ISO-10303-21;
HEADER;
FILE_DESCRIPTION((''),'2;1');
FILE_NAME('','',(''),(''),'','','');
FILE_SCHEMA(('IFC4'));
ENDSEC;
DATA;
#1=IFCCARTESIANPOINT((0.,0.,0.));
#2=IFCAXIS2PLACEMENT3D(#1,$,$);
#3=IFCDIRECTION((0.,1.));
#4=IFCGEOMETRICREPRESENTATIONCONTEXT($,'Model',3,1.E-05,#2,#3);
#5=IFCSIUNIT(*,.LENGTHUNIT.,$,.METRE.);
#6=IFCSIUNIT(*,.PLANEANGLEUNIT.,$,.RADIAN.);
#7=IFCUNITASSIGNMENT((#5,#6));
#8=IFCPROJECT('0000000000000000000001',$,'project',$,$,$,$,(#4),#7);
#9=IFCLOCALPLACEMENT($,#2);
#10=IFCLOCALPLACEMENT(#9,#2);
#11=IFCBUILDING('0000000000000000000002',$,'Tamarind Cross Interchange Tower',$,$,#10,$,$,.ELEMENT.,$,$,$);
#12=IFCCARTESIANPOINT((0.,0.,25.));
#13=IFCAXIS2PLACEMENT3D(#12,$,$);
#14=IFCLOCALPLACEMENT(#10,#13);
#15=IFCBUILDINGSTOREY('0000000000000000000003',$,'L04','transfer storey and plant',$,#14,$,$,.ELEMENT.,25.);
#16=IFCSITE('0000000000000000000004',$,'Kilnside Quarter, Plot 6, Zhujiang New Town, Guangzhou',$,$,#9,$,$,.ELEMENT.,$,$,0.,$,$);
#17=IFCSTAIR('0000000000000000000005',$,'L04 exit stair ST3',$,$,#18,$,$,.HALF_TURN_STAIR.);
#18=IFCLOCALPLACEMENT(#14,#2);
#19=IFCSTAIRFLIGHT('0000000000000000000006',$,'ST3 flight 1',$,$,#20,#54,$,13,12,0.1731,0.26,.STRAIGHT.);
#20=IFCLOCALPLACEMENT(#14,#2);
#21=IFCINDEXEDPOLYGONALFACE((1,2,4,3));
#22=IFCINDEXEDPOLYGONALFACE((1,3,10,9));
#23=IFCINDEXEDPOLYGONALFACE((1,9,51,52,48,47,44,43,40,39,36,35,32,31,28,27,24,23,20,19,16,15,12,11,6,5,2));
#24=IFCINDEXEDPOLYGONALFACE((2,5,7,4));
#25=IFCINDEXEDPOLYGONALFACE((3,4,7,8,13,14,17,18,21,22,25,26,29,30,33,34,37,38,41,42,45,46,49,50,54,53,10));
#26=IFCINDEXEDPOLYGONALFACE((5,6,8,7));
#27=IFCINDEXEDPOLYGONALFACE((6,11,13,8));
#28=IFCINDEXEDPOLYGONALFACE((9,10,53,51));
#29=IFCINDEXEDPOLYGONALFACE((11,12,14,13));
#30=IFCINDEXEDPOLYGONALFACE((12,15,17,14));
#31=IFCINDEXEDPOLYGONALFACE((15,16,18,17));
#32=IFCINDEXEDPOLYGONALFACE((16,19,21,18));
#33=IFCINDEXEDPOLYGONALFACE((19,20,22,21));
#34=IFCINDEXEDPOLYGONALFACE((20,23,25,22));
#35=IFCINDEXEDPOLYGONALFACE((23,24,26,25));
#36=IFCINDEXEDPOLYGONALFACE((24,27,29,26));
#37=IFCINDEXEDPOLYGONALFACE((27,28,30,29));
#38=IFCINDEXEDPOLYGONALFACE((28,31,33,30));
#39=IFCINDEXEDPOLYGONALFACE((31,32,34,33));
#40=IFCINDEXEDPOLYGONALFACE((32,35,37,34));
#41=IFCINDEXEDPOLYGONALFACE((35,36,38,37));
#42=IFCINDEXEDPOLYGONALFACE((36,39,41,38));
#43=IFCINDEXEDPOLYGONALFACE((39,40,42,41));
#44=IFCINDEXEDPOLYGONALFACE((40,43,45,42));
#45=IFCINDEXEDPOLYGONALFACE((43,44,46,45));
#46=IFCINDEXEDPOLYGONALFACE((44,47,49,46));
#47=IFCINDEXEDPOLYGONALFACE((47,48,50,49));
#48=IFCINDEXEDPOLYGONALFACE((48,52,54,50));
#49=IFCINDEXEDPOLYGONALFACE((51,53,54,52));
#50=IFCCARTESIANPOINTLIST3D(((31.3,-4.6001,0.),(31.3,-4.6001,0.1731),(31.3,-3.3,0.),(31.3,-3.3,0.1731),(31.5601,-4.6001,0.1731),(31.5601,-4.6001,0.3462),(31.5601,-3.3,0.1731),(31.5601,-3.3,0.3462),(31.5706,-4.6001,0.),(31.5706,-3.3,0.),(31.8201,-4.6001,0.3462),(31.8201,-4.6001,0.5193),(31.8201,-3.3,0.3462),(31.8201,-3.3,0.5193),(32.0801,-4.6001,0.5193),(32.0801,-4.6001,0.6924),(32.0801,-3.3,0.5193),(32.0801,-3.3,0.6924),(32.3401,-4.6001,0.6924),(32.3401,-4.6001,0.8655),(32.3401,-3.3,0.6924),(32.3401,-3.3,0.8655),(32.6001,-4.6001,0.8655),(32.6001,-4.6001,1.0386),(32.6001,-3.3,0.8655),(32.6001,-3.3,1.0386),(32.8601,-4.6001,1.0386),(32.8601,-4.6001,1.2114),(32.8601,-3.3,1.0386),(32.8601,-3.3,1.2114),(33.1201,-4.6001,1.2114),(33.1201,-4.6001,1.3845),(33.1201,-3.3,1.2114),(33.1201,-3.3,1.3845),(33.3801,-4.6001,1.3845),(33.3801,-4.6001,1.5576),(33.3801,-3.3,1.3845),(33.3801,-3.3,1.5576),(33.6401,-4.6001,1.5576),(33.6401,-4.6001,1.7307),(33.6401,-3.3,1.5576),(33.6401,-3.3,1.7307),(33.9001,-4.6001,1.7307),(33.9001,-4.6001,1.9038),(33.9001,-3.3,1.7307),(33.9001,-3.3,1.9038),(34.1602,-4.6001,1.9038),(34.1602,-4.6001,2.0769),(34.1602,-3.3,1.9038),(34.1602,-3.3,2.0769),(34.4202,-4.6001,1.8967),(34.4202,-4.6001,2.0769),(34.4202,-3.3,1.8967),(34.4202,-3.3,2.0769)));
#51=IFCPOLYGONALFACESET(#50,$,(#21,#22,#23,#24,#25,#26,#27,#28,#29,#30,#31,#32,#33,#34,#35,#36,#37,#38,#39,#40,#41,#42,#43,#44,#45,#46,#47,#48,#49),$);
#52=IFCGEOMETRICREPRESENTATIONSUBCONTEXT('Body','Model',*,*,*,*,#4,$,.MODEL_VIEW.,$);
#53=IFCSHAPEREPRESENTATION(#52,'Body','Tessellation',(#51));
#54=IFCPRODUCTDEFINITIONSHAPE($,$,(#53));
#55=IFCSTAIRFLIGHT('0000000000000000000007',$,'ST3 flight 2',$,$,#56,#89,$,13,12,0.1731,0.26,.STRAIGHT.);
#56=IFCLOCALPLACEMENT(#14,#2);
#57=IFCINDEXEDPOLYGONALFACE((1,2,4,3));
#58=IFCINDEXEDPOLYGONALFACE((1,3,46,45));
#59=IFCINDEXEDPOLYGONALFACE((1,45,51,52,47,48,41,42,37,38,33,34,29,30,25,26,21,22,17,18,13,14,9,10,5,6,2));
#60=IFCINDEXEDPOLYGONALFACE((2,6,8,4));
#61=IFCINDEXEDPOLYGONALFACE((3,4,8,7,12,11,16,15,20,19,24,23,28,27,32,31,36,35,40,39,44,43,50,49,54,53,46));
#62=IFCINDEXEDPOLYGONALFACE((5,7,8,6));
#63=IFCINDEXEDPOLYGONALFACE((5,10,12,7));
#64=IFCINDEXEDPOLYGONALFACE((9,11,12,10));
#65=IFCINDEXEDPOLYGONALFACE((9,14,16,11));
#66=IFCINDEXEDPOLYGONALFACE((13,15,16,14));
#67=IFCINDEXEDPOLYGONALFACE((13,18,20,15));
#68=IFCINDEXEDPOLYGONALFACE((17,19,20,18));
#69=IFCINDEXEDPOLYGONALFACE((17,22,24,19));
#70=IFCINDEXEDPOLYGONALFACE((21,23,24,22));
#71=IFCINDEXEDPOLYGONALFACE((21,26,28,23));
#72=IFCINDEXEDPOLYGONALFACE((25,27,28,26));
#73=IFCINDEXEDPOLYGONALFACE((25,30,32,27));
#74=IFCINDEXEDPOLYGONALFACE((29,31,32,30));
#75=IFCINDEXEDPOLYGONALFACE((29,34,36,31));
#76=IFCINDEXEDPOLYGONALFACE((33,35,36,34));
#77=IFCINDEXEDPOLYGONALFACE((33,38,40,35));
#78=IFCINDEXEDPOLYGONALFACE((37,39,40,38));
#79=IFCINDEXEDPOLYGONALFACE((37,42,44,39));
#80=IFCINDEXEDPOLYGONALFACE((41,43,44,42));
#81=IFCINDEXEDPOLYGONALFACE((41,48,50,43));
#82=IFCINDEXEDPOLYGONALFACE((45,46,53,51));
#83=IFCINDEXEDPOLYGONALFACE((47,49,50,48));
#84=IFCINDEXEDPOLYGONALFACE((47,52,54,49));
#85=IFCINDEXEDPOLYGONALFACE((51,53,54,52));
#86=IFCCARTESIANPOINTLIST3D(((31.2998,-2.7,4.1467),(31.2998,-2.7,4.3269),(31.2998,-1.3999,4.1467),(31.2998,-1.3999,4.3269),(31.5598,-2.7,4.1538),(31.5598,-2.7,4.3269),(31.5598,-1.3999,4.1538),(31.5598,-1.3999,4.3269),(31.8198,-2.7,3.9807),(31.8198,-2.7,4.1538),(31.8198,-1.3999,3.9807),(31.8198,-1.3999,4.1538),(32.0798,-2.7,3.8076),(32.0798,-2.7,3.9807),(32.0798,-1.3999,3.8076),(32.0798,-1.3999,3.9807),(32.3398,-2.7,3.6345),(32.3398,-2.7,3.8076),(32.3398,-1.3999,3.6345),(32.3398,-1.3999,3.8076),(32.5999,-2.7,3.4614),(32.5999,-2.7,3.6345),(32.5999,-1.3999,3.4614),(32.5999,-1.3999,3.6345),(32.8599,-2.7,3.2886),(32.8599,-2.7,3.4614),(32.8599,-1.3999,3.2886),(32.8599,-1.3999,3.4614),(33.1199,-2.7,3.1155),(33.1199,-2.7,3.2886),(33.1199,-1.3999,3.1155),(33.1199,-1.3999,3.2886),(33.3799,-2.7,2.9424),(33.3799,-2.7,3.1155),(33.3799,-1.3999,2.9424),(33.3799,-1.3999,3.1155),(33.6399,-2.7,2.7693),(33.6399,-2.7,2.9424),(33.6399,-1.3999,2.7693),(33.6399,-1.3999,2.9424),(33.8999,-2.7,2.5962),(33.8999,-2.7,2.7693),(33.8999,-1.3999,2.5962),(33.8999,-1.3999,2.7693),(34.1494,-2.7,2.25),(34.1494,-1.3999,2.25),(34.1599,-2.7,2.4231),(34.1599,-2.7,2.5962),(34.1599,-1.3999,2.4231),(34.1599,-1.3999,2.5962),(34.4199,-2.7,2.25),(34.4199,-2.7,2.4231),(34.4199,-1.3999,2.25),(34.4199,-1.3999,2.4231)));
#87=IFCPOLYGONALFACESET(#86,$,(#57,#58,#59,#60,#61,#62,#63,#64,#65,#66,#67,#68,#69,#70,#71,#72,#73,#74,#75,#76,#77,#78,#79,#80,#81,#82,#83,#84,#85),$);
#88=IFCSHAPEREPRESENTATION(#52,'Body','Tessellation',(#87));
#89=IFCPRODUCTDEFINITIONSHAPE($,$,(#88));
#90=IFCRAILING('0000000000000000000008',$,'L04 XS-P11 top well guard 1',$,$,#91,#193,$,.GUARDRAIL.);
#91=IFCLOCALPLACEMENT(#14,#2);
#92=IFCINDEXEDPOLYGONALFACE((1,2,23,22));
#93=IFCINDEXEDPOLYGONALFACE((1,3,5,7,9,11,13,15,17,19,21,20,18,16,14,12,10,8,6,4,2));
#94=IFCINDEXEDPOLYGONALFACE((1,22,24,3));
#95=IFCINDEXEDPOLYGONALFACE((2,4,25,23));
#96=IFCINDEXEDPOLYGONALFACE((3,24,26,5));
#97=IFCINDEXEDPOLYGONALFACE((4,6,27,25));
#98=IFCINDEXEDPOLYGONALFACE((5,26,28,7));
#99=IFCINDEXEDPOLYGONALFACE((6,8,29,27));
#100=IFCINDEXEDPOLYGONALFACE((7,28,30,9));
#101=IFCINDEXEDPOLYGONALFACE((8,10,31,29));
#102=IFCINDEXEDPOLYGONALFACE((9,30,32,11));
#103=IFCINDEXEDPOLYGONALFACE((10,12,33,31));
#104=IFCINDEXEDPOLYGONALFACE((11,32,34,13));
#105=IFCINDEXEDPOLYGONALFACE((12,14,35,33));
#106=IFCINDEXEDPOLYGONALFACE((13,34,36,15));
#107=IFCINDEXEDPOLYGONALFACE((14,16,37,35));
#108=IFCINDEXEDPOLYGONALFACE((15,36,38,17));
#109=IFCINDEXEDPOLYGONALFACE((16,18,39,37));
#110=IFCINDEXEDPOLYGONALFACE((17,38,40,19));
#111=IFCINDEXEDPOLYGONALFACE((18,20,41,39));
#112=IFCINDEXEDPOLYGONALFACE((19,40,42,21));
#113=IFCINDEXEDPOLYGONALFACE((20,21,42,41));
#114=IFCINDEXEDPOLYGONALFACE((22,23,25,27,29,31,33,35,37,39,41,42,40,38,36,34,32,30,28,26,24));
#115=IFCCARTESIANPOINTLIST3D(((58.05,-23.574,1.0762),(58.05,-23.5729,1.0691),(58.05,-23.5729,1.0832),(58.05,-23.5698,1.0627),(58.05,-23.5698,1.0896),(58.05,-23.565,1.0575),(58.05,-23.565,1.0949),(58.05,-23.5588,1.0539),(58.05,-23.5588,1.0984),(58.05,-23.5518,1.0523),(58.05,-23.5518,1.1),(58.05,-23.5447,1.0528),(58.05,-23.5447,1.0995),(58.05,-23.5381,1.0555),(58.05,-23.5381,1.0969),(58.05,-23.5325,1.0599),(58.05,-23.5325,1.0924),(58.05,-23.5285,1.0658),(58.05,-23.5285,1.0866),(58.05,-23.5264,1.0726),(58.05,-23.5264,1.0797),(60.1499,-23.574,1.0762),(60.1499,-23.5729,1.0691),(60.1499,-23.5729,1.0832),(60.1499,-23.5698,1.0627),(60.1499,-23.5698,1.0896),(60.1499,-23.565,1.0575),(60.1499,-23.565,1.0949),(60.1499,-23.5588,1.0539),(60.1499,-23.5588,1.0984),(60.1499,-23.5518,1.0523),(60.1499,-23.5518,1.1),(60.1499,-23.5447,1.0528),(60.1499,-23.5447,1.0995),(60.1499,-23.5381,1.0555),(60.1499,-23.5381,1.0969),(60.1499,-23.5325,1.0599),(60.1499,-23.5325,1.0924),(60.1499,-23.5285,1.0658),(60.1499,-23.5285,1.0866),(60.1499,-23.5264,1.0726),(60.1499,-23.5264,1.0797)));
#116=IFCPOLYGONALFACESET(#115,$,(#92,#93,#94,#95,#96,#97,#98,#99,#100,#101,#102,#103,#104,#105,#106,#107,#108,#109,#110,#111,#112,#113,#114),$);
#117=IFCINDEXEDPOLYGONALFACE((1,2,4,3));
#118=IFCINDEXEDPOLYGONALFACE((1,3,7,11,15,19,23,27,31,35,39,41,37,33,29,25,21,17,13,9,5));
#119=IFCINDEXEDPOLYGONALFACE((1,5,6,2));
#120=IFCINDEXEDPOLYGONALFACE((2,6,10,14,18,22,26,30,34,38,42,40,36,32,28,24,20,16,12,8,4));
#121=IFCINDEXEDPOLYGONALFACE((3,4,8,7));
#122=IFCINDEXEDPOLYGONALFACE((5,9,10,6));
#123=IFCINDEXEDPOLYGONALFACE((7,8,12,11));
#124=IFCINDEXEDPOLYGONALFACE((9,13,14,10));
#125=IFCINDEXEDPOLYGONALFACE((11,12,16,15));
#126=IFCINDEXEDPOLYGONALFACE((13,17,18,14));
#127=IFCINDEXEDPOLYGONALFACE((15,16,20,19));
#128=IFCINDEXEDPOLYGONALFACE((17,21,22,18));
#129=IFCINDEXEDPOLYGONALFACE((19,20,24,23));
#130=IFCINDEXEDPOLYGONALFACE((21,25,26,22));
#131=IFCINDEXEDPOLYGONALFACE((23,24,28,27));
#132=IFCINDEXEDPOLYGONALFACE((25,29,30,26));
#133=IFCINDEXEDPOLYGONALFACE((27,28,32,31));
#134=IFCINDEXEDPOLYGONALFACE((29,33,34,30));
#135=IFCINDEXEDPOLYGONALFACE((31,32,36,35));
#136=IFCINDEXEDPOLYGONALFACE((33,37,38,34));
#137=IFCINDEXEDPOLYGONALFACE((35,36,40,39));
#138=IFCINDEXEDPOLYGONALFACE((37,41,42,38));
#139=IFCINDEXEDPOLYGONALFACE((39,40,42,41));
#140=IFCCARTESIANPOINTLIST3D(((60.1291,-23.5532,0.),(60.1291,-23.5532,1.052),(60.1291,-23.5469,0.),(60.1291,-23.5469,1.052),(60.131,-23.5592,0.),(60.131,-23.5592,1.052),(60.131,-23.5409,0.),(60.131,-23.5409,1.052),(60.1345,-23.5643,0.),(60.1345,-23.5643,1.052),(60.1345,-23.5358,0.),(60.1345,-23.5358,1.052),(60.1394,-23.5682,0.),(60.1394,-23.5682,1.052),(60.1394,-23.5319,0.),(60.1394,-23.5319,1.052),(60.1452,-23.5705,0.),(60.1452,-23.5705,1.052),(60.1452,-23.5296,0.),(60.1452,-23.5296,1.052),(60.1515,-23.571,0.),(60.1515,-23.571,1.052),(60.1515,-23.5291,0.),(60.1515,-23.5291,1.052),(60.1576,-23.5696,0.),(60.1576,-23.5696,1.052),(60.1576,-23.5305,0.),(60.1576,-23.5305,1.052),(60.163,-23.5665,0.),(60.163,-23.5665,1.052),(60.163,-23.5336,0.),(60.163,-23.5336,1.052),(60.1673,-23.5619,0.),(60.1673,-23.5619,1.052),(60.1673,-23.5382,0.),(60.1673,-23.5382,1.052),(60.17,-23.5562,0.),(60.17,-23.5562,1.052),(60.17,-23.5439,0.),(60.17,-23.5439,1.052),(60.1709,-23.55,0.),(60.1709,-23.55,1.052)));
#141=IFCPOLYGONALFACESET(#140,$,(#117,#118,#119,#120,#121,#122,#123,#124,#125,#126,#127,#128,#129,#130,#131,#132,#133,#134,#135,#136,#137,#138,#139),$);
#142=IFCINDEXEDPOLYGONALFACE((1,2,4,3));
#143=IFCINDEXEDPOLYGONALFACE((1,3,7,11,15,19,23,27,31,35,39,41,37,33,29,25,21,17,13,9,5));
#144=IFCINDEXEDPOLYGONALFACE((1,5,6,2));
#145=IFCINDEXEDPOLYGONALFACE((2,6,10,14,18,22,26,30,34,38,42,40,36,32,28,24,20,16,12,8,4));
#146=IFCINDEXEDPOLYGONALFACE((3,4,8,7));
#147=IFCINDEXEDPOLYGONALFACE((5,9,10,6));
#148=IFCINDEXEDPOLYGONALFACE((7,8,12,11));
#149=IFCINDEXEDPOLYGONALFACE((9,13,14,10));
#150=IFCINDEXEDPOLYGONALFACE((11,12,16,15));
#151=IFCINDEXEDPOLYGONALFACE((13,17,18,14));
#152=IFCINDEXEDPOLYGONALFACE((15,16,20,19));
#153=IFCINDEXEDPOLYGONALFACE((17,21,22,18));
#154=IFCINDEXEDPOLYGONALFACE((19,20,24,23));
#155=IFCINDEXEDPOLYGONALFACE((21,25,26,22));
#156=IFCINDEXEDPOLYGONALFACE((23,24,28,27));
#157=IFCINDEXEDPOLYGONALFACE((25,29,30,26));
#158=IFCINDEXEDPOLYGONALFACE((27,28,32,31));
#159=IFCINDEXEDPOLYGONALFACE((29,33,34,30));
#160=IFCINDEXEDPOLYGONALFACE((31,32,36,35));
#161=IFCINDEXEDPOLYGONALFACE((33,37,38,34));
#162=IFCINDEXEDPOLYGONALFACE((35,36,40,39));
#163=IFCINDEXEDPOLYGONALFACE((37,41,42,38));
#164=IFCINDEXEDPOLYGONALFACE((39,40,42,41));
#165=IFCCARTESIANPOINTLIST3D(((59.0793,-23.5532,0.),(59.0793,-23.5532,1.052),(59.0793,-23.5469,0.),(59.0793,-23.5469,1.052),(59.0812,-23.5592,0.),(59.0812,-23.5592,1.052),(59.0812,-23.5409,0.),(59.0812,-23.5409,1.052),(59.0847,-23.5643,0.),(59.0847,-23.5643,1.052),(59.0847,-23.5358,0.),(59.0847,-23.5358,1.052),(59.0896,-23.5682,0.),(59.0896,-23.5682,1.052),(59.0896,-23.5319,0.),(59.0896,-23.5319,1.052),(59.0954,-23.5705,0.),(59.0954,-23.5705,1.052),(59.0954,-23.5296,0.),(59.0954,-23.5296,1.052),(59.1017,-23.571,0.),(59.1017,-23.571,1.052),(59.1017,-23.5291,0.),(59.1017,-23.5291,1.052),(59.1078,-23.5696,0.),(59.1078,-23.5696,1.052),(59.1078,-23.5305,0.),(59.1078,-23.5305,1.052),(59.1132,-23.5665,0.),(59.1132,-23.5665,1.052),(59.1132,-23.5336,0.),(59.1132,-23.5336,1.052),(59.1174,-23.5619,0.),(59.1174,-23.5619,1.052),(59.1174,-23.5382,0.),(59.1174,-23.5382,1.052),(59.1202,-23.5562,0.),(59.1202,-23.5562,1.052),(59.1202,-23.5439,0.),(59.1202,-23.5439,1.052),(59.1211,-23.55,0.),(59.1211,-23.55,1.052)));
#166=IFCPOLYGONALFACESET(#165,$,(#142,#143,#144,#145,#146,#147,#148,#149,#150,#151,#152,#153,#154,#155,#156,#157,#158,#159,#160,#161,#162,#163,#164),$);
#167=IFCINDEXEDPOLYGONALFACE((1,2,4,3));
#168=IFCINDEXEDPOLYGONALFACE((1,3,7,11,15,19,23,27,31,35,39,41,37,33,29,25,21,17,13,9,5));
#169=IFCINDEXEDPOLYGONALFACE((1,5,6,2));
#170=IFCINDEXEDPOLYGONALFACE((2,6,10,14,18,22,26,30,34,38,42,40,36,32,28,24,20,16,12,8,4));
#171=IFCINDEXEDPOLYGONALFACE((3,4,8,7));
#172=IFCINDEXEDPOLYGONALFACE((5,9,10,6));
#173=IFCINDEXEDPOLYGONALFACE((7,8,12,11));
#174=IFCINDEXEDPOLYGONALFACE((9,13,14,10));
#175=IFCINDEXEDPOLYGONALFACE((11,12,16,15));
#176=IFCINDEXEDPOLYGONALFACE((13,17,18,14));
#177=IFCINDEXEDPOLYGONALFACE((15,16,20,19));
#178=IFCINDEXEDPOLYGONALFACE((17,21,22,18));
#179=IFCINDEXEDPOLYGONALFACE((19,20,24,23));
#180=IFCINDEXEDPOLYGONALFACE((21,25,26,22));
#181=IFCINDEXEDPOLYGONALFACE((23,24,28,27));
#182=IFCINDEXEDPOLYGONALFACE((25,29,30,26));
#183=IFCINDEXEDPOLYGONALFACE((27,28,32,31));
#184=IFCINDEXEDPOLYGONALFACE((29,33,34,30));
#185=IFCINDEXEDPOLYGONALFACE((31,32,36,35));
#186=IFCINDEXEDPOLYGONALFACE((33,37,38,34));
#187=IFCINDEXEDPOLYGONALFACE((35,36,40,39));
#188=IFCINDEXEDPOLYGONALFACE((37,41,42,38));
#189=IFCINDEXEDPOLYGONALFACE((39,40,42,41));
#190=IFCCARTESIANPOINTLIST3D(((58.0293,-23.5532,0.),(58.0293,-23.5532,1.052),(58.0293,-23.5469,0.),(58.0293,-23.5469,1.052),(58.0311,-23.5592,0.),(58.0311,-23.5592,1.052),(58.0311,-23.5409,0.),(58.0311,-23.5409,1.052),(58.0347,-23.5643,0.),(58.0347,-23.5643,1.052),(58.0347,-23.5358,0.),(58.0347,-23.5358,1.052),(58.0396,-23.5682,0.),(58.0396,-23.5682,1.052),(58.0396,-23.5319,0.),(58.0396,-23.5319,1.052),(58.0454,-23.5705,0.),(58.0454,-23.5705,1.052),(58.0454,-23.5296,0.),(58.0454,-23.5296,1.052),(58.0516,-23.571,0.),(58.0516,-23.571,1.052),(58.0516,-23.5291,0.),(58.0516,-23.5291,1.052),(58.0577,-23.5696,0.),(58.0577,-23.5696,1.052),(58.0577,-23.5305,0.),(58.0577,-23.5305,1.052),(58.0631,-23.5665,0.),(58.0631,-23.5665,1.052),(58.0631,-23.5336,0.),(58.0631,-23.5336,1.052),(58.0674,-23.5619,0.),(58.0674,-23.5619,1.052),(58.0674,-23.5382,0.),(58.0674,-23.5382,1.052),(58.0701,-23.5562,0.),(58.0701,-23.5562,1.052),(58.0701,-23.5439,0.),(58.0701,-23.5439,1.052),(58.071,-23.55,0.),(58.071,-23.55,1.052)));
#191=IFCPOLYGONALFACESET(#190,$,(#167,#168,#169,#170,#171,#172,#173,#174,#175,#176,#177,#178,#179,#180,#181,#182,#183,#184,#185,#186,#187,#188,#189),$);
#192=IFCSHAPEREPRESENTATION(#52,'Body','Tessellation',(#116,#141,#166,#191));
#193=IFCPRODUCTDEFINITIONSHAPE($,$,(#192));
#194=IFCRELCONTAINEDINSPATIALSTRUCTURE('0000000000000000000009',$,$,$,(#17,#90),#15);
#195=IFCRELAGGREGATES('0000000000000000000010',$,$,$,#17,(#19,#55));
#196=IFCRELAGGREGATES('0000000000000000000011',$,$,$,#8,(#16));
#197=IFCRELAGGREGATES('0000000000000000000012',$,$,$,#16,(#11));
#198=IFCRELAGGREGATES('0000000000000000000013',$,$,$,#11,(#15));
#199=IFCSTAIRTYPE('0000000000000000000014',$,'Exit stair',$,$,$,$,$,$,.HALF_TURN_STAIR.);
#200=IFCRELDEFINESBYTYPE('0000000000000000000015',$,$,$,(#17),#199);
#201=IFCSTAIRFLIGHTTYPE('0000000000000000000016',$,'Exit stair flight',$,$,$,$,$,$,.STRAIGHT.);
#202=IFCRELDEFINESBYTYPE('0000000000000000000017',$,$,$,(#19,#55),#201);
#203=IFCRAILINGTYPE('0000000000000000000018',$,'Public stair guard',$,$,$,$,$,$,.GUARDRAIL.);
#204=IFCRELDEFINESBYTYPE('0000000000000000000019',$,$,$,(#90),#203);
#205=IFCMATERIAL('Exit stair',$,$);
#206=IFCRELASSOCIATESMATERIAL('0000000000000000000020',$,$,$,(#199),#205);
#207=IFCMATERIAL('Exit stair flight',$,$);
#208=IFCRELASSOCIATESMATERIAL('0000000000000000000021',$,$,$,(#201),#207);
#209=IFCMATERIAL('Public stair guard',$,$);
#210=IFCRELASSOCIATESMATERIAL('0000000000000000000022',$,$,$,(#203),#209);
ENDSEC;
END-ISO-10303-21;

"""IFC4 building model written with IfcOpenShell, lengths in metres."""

from ifc_helpers import new_model, si_unit, direction, frame, origin, origin_2d, place, context, subcontext, project, spatial, polyline, circle, outline, extrude, material, type_object, element, aggregate, save


model = new_model("IFC4")

# Units and contexts
model_context = context("Model", 3, precision=1e-05, world=origin(), true_north=direction((0.0, 1.0)))
body_context = subcontext(model_context, "Body", "Model", "MODEL_VIEW")
ifc_project = project(units=[si_unit("LENGTHUNIT", "METRE"), si_unit("PLANEANGLEUNIT", "RADIAN")], contexts=[model_context])

# Site, building, storey
site_placement = place(None, origin())
site = spatial("IfcSite", under=ifc_project, at=site_placement, Name="Kilnside Quarter, Plot 6, Zhujiang New Town, Guangzhou", CompositionType="ELEMENT", RefElevation=0.0)
building_placement = place(site_placement, origin())
building = spatial("IfcBuilding", under=site, at=building_placement, Name="Tamarind Cross Interchange Tower", CompositionType="ELEMENT")
storey_placement = place(building_placement, frame((0.0, 0.0, 25.0)))
storey = spatial("IfcBuildingStorey", under=building, at=storey_placement, Name="L04", Description="transfer storey and plant", CompositionType="ELEMENT", Elevation=25.0)

# Stair, stair flights
ifc_material_1 = material(Name="Exit stair")
stair_type = type_object("IfcStairType", Name="Exit stair", PredefinedType="HALF_TURN_STAIR", material=ifc_material_1)
stair_placement = place(storey_placement, origin())
stair = element("IfcStair", 1, at=stair_placement, inside=storey, type_object=stair_type, Name="L04 exit stair ST3", PredefinedType="HALF_TURN_STAIR")
ifc_material_2 = material(Name="Exit stair flight")
stair_flight_type = type_object("IfcStairFlightType", Name="Exit stair flight", PredefinedType="STRAIGHT", material=ifc_material_2)
stair_flight_1_placement = place(storey_placement, frame((31.3, -3.95, 0.0), z_axis=(0.0, 0.0, 1.0), x_axis=(1.0, 0.0, 0.0)))
stair_flight_1 = element("IfcStairFlight", 2, at=stair_flight_1_placement, type_object=stair_flight_type, Name="ST3 flight 1", NumberOfRisers=13, NumberOfTreads=12, PredefinedType="STRAIGHT", RiserHeight=0.1731, TreadLength=0.26, context=body_context, shape_type="SweptSolid", body=[
    extrude(outline(polyline([(0.0, 0.0), (0.0, 0.1731), (0.26, 0.1731), (0.26, 0.3462), (0.52, 0.3462), (0.52, 0.5193), (0.78, 0.5193), (0.78, 0.6924), (1.04, 0.6924), (1.04, 0.8655), (1.3, 0.8655), (1.3, 1.0386), (1.5601, 1.0386), (1.5601, 1.2114), (1.8201, 1.2114), (1.8201, 1.3845), (2.0801, 1.3845), (2.0801, 1.5576), (2.3401, 1.5576), (2.3401, 1.7307), (2.6001, 1.7307), (2.6001, 1.9038), (2.8601, 1.9038), (2.8601, 2.0769), (3.1201, 2.0769), (3.1201, 2.25), (3.1201, 1.8967), (0.2705, 0.0), (0.0, 0.0)])), frame((0.0, 0.6499, 0.0), z_axis=(0.0, -1.0, 0.0), x_axis=(1.0, 0.0, 0.0)), (0.0, 0.0, 1.0), 1.3),
])
stair_flight_2_placement = place(storey_placement, frame((34.4199, -2.05, 2.25), z_axis=(0.0, 0.0, 1.0), x_axis=(-1.0, 0.0, 0.0)))
stair_flight_2 = element("IfcStairFlight", 3, at=stair_flight_2_placement, type_object=stair_flight_type, Name="ST3 flight 2", NumberOfRisers=13, NumberOfTreads=12, PredefinedType="STRAIGHT", RiserHeight=0.1731, TreadLength=0.26, context=body_context, shape_type="SweptSolid", body=[
    extrude(outline(polyline([(0.0, 0.0), (0.0, 0.1731), (0.26, 0.1731), (0.26, 0.3462), (0.52, 0.3462), (0.52, 0.5193), (0.78, 0.5193), (0.78, 0.6924), (1.04, 0.6924), (1.04, 0.8655), (1.3, 0.8655), (1.3, 1.0386), (1.5601, 1.0386), (1.5601, 1.2114), (1.8201, 1.2114), (1.8201, 1.3845), (2.0801, 1.3845), (2.0801, 1.5576), (2.3401, 1.5576), (2.3401, 1.7307), (2.6001, 1.7307), (2.6001, 1.9038), (2.8601, 1.9038), (2.8601, 2.0769), (3.1201, 2.0769), (3.1201, 2.25), (3.1201, 1.8967), (0.2705, 0.0), (0.0, 0.0)])), frame((0.0, 0.6499, 0.0), z_axis=(0.0, -1.0, 0.0), x_axis=(1.0, 0.0, 0.0)), (0.0, 0.0, 1.0), 1.3),
])
aggregate(stair, [stair_flight_1, stair_flight_2])

# Railing
ifc_material_3 = material(Name="Public stair guard")
railing_type_1 = type_object("IfcRailingType", Name="Public stair guard", PredefinedType="GUARDRAIL", material=ifc_material_3)
railing_1_placement = place(storey_placement, frame((60.1499, -23.55, 0.0)))
element("IfcRailing", 4, at=railing_1_placement, inside=storey, type_object=railing_type_1, Name="L04 XS-P11 top well guard 1", PredefinedType="GUARDRAIL", context=body_context, shape_type="SweptSolid", body=[
    extrude(circle(Radius=0.0239, at=origin_2d()), frame((0.0, 0.0, 1.0762), z_axis=(-1.0, 0.0, 0.0), x_axis=(0.0, -1.0, 0.0)), (0.0, 0.0, 1.0), 2.0999),
    extrude(circle(Radius=0.021, at=origin_2d()), origin(), (0.0, 0.0, 1.0), 1.052),
    extrude(circle(Radius=0.021, at=origin_2d()), frame((-1.0498, 0.0, 0.0)), (0.0, 0.0, 1.0), 1.052),
    extrude(circle(Radius=0.021, at=origin_2d()), frame((-2.0999, 0.0, 0.0)), (0.0, 0.0, 1.0), 1.052),
])

save(model, "model.ifc")
